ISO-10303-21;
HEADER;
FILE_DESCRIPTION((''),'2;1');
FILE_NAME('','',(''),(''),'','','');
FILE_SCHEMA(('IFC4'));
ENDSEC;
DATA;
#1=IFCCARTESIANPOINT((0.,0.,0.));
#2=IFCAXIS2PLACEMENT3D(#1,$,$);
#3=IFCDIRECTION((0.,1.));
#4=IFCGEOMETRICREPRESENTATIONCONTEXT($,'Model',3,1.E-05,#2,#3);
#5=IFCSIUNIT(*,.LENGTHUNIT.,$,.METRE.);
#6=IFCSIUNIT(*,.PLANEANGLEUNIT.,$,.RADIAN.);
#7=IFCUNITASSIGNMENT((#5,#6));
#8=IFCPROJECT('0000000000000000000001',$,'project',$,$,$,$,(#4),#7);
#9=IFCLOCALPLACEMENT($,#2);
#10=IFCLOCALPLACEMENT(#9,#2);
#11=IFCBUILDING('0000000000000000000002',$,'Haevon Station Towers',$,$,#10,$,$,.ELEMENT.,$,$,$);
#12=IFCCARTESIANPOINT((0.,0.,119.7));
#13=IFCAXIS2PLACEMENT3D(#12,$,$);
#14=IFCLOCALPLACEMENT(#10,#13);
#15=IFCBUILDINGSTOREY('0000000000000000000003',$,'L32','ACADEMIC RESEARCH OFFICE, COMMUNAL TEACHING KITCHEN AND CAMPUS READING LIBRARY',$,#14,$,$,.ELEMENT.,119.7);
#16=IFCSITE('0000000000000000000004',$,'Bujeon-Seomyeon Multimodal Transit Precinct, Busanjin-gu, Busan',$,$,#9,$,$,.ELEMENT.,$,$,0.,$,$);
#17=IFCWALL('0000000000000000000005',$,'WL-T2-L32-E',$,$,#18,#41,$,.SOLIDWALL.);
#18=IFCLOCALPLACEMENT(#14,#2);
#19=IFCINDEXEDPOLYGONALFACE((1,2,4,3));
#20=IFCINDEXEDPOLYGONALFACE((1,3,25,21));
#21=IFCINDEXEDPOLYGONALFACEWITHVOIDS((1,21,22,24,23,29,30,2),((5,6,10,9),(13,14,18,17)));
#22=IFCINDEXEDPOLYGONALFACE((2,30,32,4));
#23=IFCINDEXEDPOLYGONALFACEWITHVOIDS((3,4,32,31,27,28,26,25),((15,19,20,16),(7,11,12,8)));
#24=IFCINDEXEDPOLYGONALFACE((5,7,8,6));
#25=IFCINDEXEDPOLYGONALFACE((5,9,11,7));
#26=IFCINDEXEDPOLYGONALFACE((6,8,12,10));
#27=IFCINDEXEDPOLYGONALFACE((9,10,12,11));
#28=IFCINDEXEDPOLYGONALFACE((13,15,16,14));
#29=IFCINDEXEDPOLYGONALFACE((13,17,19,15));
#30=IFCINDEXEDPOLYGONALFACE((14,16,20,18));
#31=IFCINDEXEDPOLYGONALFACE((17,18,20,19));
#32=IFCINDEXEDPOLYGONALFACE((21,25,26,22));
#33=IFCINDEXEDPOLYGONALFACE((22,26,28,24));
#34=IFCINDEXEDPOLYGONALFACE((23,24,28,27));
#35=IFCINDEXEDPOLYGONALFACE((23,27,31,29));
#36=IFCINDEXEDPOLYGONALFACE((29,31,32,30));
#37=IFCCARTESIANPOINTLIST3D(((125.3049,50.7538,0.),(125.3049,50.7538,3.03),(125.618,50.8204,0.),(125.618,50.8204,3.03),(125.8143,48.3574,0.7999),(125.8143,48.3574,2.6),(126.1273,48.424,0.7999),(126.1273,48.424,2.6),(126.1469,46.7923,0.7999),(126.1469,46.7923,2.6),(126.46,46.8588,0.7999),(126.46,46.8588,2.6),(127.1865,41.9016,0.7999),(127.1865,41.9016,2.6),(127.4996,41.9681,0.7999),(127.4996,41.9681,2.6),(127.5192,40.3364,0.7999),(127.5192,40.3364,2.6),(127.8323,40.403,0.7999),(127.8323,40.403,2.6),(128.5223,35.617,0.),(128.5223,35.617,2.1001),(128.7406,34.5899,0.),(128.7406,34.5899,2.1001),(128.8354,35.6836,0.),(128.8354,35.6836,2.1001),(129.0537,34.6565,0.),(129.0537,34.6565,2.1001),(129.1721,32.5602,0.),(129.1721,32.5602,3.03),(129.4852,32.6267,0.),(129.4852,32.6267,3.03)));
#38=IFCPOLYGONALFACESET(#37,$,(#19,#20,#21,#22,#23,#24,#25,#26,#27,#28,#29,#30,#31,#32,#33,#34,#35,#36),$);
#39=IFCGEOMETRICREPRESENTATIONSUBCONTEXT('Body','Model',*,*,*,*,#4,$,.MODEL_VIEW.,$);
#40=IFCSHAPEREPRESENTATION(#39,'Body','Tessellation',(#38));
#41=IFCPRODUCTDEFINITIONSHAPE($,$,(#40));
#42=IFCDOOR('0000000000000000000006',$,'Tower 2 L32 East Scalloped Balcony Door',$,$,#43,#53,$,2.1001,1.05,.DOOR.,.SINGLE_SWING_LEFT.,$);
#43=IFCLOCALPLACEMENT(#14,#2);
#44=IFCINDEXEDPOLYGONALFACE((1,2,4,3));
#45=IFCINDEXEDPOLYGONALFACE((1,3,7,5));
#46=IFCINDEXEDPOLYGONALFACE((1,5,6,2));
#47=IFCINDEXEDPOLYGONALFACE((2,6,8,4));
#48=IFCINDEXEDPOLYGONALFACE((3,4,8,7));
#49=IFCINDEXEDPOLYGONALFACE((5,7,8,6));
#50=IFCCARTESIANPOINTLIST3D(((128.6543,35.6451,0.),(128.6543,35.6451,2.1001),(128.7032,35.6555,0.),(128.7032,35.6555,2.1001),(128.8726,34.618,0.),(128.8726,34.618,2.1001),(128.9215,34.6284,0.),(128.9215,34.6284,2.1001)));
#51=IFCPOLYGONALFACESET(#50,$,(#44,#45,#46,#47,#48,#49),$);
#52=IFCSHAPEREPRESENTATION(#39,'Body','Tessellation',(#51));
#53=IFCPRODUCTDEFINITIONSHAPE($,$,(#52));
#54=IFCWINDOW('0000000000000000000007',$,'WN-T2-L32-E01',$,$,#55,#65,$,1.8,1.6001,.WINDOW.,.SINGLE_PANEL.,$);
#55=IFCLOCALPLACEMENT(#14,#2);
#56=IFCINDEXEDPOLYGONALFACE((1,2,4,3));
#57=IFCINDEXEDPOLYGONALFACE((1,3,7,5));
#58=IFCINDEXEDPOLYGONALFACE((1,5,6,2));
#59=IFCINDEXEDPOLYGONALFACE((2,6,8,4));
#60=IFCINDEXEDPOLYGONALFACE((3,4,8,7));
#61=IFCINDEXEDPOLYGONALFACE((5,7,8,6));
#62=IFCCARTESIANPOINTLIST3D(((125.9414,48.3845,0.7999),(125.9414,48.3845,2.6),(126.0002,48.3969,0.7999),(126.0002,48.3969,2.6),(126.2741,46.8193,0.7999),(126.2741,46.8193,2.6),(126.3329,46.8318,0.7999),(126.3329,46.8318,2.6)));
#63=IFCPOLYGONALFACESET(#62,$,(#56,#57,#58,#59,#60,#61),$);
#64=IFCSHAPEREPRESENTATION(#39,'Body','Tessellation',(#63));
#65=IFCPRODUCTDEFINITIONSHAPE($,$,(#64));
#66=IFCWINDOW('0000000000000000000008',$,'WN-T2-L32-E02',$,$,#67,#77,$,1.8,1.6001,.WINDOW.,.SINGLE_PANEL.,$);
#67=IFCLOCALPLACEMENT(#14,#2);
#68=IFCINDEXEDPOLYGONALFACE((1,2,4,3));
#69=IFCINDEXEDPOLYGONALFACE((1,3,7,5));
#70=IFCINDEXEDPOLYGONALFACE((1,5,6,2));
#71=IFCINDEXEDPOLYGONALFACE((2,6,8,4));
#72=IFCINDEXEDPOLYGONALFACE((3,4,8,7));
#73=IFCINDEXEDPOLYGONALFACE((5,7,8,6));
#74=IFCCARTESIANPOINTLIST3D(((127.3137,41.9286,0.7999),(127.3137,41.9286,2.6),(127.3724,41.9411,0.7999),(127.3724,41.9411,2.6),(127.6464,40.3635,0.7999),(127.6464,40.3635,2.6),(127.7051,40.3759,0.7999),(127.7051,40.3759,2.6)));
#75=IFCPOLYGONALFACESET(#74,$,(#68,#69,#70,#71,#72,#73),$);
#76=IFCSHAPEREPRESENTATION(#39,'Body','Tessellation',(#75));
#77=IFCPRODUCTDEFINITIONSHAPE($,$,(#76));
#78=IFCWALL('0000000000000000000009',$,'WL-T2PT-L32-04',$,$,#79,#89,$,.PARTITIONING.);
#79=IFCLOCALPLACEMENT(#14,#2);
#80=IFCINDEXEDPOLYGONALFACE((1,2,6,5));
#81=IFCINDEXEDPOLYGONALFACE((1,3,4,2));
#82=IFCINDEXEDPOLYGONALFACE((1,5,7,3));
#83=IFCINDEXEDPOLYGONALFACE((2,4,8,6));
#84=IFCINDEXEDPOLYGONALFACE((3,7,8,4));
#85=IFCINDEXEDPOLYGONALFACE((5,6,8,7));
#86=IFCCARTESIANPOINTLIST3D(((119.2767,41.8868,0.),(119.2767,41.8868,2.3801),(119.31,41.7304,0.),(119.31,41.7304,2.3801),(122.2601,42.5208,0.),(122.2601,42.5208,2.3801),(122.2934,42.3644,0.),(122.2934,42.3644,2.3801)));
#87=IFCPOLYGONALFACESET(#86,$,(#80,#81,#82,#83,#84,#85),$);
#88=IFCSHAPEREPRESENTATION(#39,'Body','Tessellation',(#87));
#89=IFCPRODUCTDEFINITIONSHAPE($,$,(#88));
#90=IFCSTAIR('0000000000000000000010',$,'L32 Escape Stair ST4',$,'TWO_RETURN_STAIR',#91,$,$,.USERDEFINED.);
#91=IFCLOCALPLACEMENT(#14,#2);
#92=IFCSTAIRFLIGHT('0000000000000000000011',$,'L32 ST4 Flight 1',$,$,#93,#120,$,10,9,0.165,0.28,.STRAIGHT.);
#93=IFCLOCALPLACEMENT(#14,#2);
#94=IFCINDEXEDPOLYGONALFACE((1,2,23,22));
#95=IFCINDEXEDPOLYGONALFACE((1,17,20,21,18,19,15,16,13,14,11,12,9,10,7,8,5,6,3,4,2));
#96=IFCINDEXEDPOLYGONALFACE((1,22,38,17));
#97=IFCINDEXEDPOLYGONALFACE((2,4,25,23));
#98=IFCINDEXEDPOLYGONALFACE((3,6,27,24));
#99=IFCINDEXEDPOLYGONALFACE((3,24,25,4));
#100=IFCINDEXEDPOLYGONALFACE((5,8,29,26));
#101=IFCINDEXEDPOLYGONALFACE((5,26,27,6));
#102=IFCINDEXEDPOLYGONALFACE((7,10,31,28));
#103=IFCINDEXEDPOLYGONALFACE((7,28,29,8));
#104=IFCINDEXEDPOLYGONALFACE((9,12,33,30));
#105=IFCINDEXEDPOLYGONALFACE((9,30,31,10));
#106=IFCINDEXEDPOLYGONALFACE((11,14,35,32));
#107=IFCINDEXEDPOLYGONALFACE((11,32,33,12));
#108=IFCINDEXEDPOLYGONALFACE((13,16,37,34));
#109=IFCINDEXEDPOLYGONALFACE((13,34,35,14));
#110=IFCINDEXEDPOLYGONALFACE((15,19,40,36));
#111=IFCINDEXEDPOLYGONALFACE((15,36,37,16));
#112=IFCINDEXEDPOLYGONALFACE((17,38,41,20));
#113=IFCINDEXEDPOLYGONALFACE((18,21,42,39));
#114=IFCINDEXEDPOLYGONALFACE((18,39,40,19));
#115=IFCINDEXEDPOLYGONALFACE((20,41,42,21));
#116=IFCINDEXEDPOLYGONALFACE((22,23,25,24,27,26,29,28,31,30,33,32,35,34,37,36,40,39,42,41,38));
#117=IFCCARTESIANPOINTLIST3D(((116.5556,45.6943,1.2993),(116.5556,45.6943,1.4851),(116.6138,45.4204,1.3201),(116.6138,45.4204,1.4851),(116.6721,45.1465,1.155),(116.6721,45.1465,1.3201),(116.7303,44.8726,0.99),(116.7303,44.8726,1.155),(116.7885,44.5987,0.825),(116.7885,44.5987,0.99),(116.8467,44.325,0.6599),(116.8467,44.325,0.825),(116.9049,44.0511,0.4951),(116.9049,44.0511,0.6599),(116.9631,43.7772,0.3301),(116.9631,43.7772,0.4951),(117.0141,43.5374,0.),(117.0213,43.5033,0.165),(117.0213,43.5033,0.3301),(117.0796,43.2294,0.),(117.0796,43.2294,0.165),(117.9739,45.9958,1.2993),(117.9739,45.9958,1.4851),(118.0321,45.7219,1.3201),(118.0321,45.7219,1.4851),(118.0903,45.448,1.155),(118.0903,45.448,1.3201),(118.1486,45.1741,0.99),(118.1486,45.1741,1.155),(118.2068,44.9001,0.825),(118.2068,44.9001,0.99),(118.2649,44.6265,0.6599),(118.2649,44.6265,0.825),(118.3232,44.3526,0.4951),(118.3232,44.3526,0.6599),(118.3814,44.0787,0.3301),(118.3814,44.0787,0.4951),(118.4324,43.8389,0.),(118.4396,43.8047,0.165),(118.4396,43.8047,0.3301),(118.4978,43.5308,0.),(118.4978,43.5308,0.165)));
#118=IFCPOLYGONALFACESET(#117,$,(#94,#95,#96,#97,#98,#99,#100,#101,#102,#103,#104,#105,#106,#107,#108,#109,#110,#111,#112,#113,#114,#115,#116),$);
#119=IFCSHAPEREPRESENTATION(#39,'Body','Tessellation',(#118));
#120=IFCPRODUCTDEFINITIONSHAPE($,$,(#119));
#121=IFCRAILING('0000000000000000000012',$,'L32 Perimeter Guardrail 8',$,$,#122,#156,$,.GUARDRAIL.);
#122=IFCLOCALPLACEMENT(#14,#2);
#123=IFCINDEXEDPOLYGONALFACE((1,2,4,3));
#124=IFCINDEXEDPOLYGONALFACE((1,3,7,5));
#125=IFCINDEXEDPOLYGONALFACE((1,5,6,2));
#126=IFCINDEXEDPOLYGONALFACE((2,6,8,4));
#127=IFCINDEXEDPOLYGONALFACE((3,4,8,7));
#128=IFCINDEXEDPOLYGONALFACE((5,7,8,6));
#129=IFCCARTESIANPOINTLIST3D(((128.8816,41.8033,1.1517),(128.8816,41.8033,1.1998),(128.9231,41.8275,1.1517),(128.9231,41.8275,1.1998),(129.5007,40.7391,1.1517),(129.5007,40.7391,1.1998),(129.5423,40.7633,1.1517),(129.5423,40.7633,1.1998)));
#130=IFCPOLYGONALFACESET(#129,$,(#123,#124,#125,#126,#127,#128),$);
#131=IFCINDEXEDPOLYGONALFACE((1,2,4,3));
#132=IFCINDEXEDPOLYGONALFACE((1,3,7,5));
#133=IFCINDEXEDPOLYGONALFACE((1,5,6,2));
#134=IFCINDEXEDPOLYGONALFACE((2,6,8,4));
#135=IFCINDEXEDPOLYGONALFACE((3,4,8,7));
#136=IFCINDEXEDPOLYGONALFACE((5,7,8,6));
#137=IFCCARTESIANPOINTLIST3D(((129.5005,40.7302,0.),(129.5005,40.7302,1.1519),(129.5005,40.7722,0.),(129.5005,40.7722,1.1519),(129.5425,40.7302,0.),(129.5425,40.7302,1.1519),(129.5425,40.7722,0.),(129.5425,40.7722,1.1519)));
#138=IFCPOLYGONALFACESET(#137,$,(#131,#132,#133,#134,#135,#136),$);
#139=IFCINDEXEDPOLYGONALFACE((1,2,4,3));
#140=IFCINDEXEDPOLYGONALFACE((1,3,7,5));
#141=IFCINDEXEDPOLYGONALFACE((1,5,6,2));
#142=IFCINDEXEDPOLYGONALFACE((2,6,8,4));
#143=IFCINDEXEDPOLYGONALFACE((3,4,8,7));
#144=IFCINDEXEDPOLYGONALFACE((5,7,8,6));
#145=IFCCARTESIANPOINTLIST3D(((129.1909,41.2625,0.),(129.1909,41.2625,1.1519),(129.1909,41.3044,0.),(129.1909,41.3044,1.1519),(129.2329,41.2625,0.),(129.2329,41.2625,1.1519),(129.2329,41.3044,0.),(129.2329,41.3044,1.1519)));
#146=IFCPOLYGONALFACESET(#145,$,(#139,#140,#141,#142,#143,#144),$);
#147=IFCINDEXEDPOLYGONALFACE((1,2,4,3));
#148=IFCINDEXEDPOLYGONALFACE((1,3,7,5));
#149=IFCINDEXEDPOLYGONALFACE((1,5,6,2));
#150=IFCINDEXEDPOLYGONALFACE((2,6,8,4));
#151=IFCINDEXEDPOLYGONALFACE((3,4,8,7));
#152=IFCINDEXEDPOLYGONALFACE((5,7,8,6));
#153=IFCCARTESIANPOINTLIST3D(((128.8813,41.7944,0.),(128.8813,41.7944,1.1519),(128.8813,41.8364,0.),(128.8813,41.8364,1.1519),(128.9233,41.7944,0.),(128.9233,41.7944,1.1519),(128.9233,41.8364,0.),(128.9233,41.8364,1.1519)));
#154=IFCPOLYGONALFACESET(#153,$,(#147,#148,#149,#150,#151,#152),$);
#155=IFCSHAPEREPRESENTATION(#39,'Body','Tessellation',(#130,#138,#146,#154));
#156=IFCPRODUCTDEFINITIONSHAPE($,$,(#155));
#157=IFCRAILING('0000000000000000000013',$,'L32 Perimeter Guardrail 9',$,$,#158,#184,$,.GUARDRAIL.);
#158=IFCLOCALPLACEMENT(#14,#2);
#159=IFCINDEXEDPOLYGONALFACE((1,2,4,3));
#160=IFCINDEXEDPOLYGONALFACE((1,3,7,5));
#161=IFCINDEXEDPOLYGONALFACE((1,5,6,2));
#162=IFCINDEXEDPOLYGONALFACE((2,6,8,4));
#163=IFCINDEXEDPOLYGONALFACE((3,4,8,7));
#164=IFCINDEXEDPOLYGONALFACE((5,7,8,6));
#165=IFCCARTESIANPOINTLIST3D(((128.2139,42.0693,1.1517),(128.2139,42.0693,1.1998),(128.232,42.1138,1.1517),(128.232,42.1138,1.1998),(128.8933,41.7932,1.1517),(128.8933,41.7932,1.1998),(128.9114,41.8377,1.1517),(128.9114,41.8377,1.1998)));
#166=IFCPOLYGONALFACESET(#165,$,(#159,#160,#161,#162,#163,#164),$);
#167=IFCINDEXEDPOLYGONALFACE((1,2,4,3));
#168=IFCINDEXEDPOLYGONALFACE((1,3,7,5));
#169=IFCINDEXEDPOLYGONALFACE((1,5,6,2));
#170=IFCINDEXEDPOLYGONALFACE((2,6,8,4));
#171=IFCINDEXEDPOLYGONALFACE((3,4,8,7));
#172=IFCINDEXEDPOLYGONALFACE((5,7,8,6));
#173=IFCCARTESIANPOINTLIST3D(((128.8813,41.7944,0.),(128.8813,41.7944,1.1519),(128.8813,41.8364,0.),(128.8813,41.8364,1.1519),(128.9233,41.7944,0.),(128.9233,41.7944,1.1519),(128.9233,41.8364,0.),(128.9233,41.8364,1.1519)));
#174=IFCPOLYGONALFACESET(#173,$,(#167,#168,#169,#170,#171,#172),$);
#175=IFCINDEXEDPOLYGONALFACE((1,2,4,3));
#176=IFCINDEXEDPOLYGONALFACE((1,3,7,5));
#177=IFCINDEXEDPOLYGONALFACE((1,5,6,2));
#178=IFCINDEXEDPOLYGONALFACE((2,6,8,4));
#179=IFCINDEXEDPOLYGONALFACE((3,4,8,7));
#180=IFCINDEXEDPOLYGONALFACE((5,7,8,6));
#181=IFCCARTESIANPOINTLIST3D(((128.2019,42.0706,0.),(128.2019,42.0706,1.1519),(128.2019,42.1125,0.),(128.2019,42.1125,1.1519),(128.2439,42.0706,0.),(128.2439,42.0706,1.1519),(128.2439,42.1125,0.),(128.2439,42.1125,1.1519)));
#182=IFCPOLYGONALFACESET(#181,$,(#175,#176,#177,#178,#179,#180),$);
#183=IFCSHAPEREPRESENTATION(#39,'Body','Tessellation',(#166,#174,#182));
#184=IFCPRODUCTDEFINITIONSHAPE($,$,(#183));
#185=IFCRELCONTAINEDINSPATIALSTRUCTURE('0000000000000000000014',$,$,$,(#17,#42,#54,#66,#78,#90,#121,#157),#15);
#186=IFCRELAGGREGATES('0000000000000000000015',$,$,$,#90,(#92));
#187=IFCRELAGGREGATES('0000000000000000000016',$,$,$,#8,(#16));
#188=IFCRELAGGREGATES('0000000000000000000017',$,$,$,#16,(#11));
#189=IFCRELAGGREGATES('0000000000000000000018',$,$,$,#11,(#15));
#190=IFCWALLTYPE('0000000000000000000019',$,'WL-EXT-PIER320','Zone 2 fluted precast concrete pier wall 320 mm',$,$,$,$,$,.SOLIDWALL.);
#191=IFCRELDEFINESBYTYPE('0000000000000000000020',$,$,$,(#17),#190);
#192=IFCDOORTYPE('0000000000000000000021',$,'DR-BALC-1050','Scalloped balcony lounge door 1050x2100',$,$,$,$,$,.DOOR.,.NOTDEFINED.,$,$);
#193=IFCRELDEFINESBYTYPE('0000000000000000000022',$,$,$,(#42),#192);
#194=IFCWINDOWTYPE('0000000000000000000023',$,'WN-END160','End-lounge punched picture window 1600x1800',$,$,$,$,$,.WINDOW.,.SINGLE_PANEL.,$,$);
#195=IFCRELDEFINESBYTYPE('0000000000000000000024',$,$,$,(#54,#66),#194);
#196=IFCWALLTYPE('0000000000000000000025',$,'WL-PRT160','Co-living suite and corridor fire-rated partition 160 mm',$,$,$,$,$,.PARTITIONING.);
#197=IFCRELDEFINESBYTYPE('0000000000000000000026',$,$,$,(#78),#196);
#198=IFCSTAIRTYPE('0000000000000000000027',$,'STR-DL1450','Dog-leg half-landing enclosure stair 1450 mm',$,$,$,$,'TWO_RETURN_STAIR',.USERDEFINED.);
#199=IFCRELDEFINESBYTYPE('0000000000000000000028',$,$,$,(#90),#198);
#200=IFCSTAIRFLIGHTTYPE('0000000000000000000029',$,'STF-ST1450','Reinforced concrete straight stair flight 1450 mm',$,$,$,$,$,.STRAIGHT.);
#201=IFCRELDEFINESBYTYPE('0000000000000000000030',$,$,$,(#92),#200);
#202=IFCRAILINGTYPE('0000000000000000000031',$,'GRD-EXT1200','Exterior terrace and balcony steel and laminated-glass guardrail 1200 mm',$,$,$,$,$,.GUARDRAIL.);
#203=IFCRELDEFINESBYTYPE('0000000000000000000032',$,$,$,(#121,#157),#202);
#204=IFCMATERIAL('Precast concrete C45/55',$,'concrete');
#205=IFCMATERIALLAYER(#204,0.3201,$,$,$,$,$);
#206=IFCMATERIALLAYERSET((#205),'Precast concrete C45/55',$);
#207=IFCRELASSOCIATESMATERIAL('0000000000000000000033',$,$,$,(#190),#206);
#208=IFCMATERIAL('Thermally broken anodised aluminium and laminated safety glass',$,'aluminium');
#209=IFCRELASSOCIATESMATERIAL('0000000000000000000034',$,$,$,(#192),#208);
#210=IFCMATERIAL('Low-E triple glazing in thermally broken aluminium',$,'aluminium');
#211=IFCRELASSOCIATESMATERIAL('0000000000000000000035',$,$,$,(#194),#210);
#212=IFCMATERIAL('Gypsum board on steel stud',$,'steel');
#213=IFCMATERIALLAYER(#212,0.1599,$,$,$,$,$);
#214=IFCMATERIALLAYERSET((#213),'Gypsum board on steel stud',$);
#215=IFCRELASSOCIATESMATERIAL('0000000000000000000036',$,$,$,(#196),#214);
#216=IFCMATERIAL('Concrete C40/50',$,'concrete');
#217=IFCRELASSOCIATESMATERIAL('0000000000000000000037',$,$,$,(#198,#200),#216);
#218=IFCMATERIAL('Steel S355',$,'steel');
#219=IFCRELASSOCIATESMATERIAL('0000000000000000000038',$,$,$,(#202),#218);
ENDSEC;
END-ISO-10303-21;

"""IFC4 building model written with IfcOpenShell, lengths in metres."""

from ifc_helpers import new_model, si_unit, direction, frame, frame_2d, origin, origin_2d, place, context, subcontext, project, spatial, polyline, rectangle, outline, extrude, material, layer, layer_set, type_object, element, fill, aggregate, save


model = new_model("IFC4")

# Units and contexts
model_context = context("Model", 3, precision=1e-05, world=origin(), true_north=direction((0.0, 1.0)))
body_context = subcontext(model_context, "Body", "Model", "MODEL_VIEW")
ifc_project = project(units=[si_unit("LENGTHUNIT", "METRE"), si_unit("PLANEANGLEUNIT", "RADIAN")], contexts=[model_context])

# Site, building, storey
site_placement = place(None, origin())
site = spatial("IfcSite", under=ifc_project, at=site_placement, Name="Bujeon-Seomyeon Multimodal Transit Precinct, Busanjin-gu, Busan", CompositionType="ELEMENT", RefElevation=0.0)
building_placement = place(site_placement, origin())
building = spatial("IfcBuilding", under=site, at=building_placement, Name="Haevon Station Towers", CompositionType="ELEMENT")
storey_placement = place(building_placement, frame((0.0, 0.0, 119.7)))
storey = spatial("IfcBuildingStorey", under=building, at=storey_placement, Name="L32", Description="ACADEMIC RESEARCH OFFICE, COMMUNAL TEACHING KITCHEN AND CAMPUS READING LIBRARY", CompositionType="ELEMENT", Elevation=119.7)

# Shared definitions
ifc_material_1 = material(Name="Steel S355", Category="steel")

# Shared definitions
ifc_material_2 = material(Name="Precast concrete C45/55", Category="concrete")
ifc_layer_1 = layer(ifc_material_2, 0.3201)
ifc_layer_set_1 = layer_set([ifc_layer_1], Name="Precast concrete C45/55")
wall_type_1 = type_object("IfcWallType", Name="WL-EXT-PIER320", Description="Zone 2 fluted precast concrete pier wall 320 mm", PredefinedType="SOLIDWALL", material=ifc_layer_set_1)

# Wall, openings, door, windows
wall_1_placement = place(storey_placement, frame((125.4614, 50.7871, 0.0), z_axis=(0.0, 0.0, 1.0), x_axis=(0.207913, -0.978147, 0.0)))
wall_1 = element("IfcWall", 1, at=wall_1_placement, inside=storey, type_object=wall_type_1, Name="WL-T2-L32-E", PredefinedType="SOLIDWALL", context=body_context, shape_type="SweptSolid", body=[
    extrude(rectangle(XDim=18.6001, YDim=0.3201, at=frame_2d((9.3, 0.0))), origin(), (0.0, 0.0, 1.0), 3.03),
])
opening_1_placement = place(wall_1_placement, frame((15.4751, 0.0, 0.0)))
opening_1 = element("IfcOpeningElement", 2, at=opening_1_placement, cuts=wall_1, PredefinedType="OPENING", context=body_context, shape_type="SweptSolid", body=[
    extrude(rectangle(XDim=1.05, YDim=2.1001, at=frame_2d((0.5249, 1.05))), frame((0.0, 0.1699, 0.0), z_axis=(0.0, -1.0, 0.0), x_axis=(1.0, 0.0, 0.0)), (0.0, 0.0, 1.0), 0.3401),
])
opening_2_placement = place(wall_1_placement, frame((2.45, 0.0, 0.8)))
opening_2 = element("IfcOpeningElement", 3, at=opening_2_placement, cuts=wall_1, PredefinedType="OPENING", context=body_context, shape_type="SweptSolid", body=[
    extrude(rectangle(XDim=1.6001, YDim=1.8, at=frame_2d((0.8, 0.8999))), frame((0.0, 0.1699, 0.0), z_axis=(0.0, -1.0, 0.0), x_axis=(1.0, 0.0, 0.0)), (0.0, 0.0, 1.0), 0.3401),
])
opening_3_placement = place(wall_1_placement, frame((9.05, 0.0, 0.8)))
opening_3 = element("IfcOpeningElement", 4, at=opening_3_placement, cuts=wall_1, PredefinedType="OPENING", context=body_context, shape_type="SweptSolid", body=[
    extrude(rectangle(XDim=1.6001, YDim=1.8, at=frame_2d((0.8, 0.8999))), frame((0.0, 0.1699, 0.0), z_axis=(0.0, -1.0, 0.0), x_axis=(1.0, 0.0, 0.0)), (0.0, 0.0, 1.0), 0.3401),
])
ifc_material_3 = material(Name="Thermally broken anodised aluminium and laminated safety glass", Category="aluminium")
door_type = type_object("IfcDoorType", Name="DR-BALC-1050", Description="Scalloped balcony lounge door 1050x2100", OperationType="NOTDEFINED", PredefinedType="DOOR", material=ifc_material_3)
door_placement = place(opening_1_placement, origin())
door = element("IfcDoor", 5, at=door_placement, inside=storey, type_object=door_type, Name="Tower 2 L32 East Scalloped Balcony Door", OperationType="SINGLE_SWING_LEFT", OverallHeight=2.1001, OverallWidth=1.05, PredefinedType="DOOR", context=body_context, shape_type="SweptSolid", body=[
    extrude(rectangle(XDim=1.05, YDim=2.1001, at=frame_2d((0.5249, 1.05))), frame((0.0, 0.0249, 0.0), z_axis=(0.0, -1.0, 0.0), x_axis=(1.0, 0.0, 0.0)), (0.0, 0.0, 1.0), 0.05),
])
fill(opening_1, door)
ifc_material_4 = material(Name="Low-E triple glazing in thermally broken aluminium", Category="aluminium")
window_type = type_object("IfcWindowType", Name="WN-END160", Description="End-lounge punched picture window 1600x1800", PartitioningType="SINGLE_PANEL", PredefinedType="WINDOW", material=ifc_material_4)
window_1_placement = place(opening_2_placement, origin())
window_1 = element("IfcWindow", 6, at=window_1_placement, inside=storey, type_object=window_type, Name="WN-T2-L32-E01", OverallHeight=1.8, OverallWidth=1.6001, PartitioningType="SINGLE_PANEL", PredefinedType="WINDOW", context=body_context, shape_type="SweptSolid", body=[
    extrude(rectangle(XDim=1.6001, YDim=1.8, at=frame_2d((0.8, 0.8999))), frame((0.0, 0.03, 0.0), z_axis=(0.0, -1.0, 0.0), x_axis=(1.0, 0.0, 0.0)), (0.0, 0.0, 1.0), 0.0601),
])
fill(opening_2, window_1)
window_2_placement = place(opening_3_placement, origin())
window_2 = element("IfcWindow", 7, at=window_2_placement, inside=storey, type_object=window_type, Name="WN-T2-L32-E02", OverallHeight=1.8, OverallWidth=1.6001, PartitioningType="SINGLE_PANEL", PredefinedType="WINDOW", context=body_context, shape_type="SweptSolid", body=[
    extrude(rectangle(XDim=1.6001, YDim=1.8, at=frame_2d((0.8, 0.8999))), frame((0.0, 0.03, 0.0), z_axis=(0.0, -1.0, 0.0), x_axis=(1.0, 0.0, 0.0)), (0.0, 0.0, 1.0), 0.0601),
])
fill(opening_3, window_2)

# Wall
ifc_material_5 = material(Name="Gypsum board on steel stud", Category="steel")
ifc_layer_2 = layer(ifc_material_5, 0.1599)
ifc_layer_set_2 = layer_set([ifc_layer_2], Name="Gypsum board on steel stud")
wall_type_2 = type_object("IfcWallType", Name="WL-PRT160", Description="Co-living suite and corridor fire-rated partition 160 mm", PredefinedType="PARTITIONING", material=ifc_layer_set_2)
wall_2_placement = place(storey_placement, frame((119.2935, 41.8086, 0.0), z_axis=(0.0, 0.0, 1.0), x_axis=(0.978155, 0.207878, 0.0)))
element("IfcWall", 8, at=wall_2_placement, inside=storey, type_object=wall_type_2, Name="WL-T2PT-L32-04", PredefinedType="PARTITIONING", context=body_context, shape_type="SweptSolid", body=[
    extrude(rectangle(XDim=3.05, YDim=0.1599, at=frame_2d((1.5249, 0.0))), origin(), (0.0, 0.0, 1.0), 2.3801),
])

# Stair, stair flight
ifc_material_6 = material(Name="Concrete C40/50", Category="concrete")
stair_type = type_object("IfcStairType", Name="STR-DL1450", Description="Dog-leg half-landing enclosure stair 1450 mm", ElementType="TWO_RETURN_STAIR", PredefinedType="USERDEFINED", material=ifc_material_6)
stair_placement = place(storey_placement, origin())
stair = element("IfcStair", 9, at=stair_placement, inside=storey, type_object=stair_type, Name="L32 Escape Stair ST4", ObjectType="TWO_RETURN_STAIR", PredefinedType="USERDEFINED")
stair_flight_type = type_object("IfcStairFlightType", Name="STF-ST1450", Description="Reinforced concrete straight stair flight 1450 mm", PredefinedType="STRAIGHT", material=ifc_material_6)
stair_flight_placement = place(storey_placement, frame((117.7888, 43.3801, 0.0), z_axis=(0.0, 0.0, 1.0), x_axis=(-0.207912, 0.978148, 0.0)))
stair_flight = element("IfcStairFlight", 10, at=stair_flight_placement, type_object=stair_flight_type, Name="L32 ST4 Flight 1", NumberOfRisers=10, NumberOfTreads=9, PredefinedType="STRAIGHT", RiserHeight=0.165, TreadLength=0.28, context=body_context, shape_type="SweptSolid", body=[
    extrude(outline(polyline([(0.0, 0.0), (0.0, 0.165), (0.28, 0.165), (0.28, 0.3301), (0.5601, 0.3301), (0.5601, 0.4951), (0.8401, 0.4951), (0.8401, 0.6599), (1.1201, 0.6599), (1.1201, 0.825), (1.3999, 0.825), (1.3999, 0.99), (1.6799, 0.99), (1.6799, 1.155), (1.96, 1.155), (1.96, 1.3201), (2.24, 1.3201), (2.24, 1.4851), (2.52, 1.4851), (2.52, 1.6499), (2.52, 1.2993), (0.3149, 0.0), (0.0, 0.0)])), frame((0.0, 0.7251, 0.0), z_axis=(0.0, -1.0, 0.0), x_axis=(1.0, 0.0, 0.0)), (0.0, 0.0, 1.0), 1.45),
])
aggregate(stair, [stair_flight])

# Railings
railing_type_1 = type_object("IfcRailingType", Name="GRD-EXT1200", Description="Exterior terrace and balcony steel and laminated-glass guardrail 1200 mm", PredefinedType="GUARDRAIL", material=ifc_material_1)
railing_1_placement = place(storey_placement, frame((129.5215, 40.7512, 0.0)))
element("IfcRailing", 11, at=railing_1_placement, inside=storey, type_object=railing_type_1, Name="L32 Perimeter Guardrail 8", PredefinedType="GUARDRAIL", context=body_context, shape_type="SweptSolid", body=[
    extrude(rectangle(XDim=0.0481, YDim=0.0481, at=origin_2d()), frame((0.0, 0.0, 1.1758), z_axis=(-0.502872, 0.864361, 0.0), x_axis=(-0.864361, -0.502872, 0.0)), (0.0, 0.0, 1.0), 1.2312),
    extrude(rectangle(XDim=0.042, YDim=0.042, at=origin_2d()), origin(), (0.0, 0.0, 1.0), 1.1519),
    extrude(rectangle(XDim=0.042, YDim=0.042, at=origin_2d()), frame((-0.3096, 0.5322, 0.0)), (0.0, 0.0, 1.0), 1.1519),
    extrude(rectangle(XDim=0.042, YDim=0.042, at=origin_2d()), frame((-0.6191, 1.0642, 0.0)), (0.0, 0.0, 1.0), 1.1519),
])
railing_2_placement = place(storey_placement, frame((128.9023, 41.8154, 0.0)))
element("IfcRailing", 12, at=railing_2_placement, inside=storey, type_object=railing_type_1, Name="L32 Perimeter Guardrail 9", PredefinedType="GUARDRAIL", context=body_context, shape_type="SweptSolid", body=[
    extrude(rectangle(XDim=0.0481, YDim=0.0481, at=origin_2d()), frame((0.0, 0.0, 1.1758), z_axis=(-0.926419, 0.376493, 0.0), x_axis=(-0.376493, -0.926419, 0.0)), (0.0, 0.0, 1.0), 0.7334),
    extrude(rectangle(XDim=0.042, YDim=0.042, at=origin_2d()), origin(), (0.0, 0.0, 1.0), 1.1519),
    extrude(rectangle(XDim=0.042, YDim=0.042, at=origin_2d()), frame((-0.6794, 0.2761, 0.0)), (0.0, 0.0, 1.0), 1.1519),
])

save(model, "model.ifc")
